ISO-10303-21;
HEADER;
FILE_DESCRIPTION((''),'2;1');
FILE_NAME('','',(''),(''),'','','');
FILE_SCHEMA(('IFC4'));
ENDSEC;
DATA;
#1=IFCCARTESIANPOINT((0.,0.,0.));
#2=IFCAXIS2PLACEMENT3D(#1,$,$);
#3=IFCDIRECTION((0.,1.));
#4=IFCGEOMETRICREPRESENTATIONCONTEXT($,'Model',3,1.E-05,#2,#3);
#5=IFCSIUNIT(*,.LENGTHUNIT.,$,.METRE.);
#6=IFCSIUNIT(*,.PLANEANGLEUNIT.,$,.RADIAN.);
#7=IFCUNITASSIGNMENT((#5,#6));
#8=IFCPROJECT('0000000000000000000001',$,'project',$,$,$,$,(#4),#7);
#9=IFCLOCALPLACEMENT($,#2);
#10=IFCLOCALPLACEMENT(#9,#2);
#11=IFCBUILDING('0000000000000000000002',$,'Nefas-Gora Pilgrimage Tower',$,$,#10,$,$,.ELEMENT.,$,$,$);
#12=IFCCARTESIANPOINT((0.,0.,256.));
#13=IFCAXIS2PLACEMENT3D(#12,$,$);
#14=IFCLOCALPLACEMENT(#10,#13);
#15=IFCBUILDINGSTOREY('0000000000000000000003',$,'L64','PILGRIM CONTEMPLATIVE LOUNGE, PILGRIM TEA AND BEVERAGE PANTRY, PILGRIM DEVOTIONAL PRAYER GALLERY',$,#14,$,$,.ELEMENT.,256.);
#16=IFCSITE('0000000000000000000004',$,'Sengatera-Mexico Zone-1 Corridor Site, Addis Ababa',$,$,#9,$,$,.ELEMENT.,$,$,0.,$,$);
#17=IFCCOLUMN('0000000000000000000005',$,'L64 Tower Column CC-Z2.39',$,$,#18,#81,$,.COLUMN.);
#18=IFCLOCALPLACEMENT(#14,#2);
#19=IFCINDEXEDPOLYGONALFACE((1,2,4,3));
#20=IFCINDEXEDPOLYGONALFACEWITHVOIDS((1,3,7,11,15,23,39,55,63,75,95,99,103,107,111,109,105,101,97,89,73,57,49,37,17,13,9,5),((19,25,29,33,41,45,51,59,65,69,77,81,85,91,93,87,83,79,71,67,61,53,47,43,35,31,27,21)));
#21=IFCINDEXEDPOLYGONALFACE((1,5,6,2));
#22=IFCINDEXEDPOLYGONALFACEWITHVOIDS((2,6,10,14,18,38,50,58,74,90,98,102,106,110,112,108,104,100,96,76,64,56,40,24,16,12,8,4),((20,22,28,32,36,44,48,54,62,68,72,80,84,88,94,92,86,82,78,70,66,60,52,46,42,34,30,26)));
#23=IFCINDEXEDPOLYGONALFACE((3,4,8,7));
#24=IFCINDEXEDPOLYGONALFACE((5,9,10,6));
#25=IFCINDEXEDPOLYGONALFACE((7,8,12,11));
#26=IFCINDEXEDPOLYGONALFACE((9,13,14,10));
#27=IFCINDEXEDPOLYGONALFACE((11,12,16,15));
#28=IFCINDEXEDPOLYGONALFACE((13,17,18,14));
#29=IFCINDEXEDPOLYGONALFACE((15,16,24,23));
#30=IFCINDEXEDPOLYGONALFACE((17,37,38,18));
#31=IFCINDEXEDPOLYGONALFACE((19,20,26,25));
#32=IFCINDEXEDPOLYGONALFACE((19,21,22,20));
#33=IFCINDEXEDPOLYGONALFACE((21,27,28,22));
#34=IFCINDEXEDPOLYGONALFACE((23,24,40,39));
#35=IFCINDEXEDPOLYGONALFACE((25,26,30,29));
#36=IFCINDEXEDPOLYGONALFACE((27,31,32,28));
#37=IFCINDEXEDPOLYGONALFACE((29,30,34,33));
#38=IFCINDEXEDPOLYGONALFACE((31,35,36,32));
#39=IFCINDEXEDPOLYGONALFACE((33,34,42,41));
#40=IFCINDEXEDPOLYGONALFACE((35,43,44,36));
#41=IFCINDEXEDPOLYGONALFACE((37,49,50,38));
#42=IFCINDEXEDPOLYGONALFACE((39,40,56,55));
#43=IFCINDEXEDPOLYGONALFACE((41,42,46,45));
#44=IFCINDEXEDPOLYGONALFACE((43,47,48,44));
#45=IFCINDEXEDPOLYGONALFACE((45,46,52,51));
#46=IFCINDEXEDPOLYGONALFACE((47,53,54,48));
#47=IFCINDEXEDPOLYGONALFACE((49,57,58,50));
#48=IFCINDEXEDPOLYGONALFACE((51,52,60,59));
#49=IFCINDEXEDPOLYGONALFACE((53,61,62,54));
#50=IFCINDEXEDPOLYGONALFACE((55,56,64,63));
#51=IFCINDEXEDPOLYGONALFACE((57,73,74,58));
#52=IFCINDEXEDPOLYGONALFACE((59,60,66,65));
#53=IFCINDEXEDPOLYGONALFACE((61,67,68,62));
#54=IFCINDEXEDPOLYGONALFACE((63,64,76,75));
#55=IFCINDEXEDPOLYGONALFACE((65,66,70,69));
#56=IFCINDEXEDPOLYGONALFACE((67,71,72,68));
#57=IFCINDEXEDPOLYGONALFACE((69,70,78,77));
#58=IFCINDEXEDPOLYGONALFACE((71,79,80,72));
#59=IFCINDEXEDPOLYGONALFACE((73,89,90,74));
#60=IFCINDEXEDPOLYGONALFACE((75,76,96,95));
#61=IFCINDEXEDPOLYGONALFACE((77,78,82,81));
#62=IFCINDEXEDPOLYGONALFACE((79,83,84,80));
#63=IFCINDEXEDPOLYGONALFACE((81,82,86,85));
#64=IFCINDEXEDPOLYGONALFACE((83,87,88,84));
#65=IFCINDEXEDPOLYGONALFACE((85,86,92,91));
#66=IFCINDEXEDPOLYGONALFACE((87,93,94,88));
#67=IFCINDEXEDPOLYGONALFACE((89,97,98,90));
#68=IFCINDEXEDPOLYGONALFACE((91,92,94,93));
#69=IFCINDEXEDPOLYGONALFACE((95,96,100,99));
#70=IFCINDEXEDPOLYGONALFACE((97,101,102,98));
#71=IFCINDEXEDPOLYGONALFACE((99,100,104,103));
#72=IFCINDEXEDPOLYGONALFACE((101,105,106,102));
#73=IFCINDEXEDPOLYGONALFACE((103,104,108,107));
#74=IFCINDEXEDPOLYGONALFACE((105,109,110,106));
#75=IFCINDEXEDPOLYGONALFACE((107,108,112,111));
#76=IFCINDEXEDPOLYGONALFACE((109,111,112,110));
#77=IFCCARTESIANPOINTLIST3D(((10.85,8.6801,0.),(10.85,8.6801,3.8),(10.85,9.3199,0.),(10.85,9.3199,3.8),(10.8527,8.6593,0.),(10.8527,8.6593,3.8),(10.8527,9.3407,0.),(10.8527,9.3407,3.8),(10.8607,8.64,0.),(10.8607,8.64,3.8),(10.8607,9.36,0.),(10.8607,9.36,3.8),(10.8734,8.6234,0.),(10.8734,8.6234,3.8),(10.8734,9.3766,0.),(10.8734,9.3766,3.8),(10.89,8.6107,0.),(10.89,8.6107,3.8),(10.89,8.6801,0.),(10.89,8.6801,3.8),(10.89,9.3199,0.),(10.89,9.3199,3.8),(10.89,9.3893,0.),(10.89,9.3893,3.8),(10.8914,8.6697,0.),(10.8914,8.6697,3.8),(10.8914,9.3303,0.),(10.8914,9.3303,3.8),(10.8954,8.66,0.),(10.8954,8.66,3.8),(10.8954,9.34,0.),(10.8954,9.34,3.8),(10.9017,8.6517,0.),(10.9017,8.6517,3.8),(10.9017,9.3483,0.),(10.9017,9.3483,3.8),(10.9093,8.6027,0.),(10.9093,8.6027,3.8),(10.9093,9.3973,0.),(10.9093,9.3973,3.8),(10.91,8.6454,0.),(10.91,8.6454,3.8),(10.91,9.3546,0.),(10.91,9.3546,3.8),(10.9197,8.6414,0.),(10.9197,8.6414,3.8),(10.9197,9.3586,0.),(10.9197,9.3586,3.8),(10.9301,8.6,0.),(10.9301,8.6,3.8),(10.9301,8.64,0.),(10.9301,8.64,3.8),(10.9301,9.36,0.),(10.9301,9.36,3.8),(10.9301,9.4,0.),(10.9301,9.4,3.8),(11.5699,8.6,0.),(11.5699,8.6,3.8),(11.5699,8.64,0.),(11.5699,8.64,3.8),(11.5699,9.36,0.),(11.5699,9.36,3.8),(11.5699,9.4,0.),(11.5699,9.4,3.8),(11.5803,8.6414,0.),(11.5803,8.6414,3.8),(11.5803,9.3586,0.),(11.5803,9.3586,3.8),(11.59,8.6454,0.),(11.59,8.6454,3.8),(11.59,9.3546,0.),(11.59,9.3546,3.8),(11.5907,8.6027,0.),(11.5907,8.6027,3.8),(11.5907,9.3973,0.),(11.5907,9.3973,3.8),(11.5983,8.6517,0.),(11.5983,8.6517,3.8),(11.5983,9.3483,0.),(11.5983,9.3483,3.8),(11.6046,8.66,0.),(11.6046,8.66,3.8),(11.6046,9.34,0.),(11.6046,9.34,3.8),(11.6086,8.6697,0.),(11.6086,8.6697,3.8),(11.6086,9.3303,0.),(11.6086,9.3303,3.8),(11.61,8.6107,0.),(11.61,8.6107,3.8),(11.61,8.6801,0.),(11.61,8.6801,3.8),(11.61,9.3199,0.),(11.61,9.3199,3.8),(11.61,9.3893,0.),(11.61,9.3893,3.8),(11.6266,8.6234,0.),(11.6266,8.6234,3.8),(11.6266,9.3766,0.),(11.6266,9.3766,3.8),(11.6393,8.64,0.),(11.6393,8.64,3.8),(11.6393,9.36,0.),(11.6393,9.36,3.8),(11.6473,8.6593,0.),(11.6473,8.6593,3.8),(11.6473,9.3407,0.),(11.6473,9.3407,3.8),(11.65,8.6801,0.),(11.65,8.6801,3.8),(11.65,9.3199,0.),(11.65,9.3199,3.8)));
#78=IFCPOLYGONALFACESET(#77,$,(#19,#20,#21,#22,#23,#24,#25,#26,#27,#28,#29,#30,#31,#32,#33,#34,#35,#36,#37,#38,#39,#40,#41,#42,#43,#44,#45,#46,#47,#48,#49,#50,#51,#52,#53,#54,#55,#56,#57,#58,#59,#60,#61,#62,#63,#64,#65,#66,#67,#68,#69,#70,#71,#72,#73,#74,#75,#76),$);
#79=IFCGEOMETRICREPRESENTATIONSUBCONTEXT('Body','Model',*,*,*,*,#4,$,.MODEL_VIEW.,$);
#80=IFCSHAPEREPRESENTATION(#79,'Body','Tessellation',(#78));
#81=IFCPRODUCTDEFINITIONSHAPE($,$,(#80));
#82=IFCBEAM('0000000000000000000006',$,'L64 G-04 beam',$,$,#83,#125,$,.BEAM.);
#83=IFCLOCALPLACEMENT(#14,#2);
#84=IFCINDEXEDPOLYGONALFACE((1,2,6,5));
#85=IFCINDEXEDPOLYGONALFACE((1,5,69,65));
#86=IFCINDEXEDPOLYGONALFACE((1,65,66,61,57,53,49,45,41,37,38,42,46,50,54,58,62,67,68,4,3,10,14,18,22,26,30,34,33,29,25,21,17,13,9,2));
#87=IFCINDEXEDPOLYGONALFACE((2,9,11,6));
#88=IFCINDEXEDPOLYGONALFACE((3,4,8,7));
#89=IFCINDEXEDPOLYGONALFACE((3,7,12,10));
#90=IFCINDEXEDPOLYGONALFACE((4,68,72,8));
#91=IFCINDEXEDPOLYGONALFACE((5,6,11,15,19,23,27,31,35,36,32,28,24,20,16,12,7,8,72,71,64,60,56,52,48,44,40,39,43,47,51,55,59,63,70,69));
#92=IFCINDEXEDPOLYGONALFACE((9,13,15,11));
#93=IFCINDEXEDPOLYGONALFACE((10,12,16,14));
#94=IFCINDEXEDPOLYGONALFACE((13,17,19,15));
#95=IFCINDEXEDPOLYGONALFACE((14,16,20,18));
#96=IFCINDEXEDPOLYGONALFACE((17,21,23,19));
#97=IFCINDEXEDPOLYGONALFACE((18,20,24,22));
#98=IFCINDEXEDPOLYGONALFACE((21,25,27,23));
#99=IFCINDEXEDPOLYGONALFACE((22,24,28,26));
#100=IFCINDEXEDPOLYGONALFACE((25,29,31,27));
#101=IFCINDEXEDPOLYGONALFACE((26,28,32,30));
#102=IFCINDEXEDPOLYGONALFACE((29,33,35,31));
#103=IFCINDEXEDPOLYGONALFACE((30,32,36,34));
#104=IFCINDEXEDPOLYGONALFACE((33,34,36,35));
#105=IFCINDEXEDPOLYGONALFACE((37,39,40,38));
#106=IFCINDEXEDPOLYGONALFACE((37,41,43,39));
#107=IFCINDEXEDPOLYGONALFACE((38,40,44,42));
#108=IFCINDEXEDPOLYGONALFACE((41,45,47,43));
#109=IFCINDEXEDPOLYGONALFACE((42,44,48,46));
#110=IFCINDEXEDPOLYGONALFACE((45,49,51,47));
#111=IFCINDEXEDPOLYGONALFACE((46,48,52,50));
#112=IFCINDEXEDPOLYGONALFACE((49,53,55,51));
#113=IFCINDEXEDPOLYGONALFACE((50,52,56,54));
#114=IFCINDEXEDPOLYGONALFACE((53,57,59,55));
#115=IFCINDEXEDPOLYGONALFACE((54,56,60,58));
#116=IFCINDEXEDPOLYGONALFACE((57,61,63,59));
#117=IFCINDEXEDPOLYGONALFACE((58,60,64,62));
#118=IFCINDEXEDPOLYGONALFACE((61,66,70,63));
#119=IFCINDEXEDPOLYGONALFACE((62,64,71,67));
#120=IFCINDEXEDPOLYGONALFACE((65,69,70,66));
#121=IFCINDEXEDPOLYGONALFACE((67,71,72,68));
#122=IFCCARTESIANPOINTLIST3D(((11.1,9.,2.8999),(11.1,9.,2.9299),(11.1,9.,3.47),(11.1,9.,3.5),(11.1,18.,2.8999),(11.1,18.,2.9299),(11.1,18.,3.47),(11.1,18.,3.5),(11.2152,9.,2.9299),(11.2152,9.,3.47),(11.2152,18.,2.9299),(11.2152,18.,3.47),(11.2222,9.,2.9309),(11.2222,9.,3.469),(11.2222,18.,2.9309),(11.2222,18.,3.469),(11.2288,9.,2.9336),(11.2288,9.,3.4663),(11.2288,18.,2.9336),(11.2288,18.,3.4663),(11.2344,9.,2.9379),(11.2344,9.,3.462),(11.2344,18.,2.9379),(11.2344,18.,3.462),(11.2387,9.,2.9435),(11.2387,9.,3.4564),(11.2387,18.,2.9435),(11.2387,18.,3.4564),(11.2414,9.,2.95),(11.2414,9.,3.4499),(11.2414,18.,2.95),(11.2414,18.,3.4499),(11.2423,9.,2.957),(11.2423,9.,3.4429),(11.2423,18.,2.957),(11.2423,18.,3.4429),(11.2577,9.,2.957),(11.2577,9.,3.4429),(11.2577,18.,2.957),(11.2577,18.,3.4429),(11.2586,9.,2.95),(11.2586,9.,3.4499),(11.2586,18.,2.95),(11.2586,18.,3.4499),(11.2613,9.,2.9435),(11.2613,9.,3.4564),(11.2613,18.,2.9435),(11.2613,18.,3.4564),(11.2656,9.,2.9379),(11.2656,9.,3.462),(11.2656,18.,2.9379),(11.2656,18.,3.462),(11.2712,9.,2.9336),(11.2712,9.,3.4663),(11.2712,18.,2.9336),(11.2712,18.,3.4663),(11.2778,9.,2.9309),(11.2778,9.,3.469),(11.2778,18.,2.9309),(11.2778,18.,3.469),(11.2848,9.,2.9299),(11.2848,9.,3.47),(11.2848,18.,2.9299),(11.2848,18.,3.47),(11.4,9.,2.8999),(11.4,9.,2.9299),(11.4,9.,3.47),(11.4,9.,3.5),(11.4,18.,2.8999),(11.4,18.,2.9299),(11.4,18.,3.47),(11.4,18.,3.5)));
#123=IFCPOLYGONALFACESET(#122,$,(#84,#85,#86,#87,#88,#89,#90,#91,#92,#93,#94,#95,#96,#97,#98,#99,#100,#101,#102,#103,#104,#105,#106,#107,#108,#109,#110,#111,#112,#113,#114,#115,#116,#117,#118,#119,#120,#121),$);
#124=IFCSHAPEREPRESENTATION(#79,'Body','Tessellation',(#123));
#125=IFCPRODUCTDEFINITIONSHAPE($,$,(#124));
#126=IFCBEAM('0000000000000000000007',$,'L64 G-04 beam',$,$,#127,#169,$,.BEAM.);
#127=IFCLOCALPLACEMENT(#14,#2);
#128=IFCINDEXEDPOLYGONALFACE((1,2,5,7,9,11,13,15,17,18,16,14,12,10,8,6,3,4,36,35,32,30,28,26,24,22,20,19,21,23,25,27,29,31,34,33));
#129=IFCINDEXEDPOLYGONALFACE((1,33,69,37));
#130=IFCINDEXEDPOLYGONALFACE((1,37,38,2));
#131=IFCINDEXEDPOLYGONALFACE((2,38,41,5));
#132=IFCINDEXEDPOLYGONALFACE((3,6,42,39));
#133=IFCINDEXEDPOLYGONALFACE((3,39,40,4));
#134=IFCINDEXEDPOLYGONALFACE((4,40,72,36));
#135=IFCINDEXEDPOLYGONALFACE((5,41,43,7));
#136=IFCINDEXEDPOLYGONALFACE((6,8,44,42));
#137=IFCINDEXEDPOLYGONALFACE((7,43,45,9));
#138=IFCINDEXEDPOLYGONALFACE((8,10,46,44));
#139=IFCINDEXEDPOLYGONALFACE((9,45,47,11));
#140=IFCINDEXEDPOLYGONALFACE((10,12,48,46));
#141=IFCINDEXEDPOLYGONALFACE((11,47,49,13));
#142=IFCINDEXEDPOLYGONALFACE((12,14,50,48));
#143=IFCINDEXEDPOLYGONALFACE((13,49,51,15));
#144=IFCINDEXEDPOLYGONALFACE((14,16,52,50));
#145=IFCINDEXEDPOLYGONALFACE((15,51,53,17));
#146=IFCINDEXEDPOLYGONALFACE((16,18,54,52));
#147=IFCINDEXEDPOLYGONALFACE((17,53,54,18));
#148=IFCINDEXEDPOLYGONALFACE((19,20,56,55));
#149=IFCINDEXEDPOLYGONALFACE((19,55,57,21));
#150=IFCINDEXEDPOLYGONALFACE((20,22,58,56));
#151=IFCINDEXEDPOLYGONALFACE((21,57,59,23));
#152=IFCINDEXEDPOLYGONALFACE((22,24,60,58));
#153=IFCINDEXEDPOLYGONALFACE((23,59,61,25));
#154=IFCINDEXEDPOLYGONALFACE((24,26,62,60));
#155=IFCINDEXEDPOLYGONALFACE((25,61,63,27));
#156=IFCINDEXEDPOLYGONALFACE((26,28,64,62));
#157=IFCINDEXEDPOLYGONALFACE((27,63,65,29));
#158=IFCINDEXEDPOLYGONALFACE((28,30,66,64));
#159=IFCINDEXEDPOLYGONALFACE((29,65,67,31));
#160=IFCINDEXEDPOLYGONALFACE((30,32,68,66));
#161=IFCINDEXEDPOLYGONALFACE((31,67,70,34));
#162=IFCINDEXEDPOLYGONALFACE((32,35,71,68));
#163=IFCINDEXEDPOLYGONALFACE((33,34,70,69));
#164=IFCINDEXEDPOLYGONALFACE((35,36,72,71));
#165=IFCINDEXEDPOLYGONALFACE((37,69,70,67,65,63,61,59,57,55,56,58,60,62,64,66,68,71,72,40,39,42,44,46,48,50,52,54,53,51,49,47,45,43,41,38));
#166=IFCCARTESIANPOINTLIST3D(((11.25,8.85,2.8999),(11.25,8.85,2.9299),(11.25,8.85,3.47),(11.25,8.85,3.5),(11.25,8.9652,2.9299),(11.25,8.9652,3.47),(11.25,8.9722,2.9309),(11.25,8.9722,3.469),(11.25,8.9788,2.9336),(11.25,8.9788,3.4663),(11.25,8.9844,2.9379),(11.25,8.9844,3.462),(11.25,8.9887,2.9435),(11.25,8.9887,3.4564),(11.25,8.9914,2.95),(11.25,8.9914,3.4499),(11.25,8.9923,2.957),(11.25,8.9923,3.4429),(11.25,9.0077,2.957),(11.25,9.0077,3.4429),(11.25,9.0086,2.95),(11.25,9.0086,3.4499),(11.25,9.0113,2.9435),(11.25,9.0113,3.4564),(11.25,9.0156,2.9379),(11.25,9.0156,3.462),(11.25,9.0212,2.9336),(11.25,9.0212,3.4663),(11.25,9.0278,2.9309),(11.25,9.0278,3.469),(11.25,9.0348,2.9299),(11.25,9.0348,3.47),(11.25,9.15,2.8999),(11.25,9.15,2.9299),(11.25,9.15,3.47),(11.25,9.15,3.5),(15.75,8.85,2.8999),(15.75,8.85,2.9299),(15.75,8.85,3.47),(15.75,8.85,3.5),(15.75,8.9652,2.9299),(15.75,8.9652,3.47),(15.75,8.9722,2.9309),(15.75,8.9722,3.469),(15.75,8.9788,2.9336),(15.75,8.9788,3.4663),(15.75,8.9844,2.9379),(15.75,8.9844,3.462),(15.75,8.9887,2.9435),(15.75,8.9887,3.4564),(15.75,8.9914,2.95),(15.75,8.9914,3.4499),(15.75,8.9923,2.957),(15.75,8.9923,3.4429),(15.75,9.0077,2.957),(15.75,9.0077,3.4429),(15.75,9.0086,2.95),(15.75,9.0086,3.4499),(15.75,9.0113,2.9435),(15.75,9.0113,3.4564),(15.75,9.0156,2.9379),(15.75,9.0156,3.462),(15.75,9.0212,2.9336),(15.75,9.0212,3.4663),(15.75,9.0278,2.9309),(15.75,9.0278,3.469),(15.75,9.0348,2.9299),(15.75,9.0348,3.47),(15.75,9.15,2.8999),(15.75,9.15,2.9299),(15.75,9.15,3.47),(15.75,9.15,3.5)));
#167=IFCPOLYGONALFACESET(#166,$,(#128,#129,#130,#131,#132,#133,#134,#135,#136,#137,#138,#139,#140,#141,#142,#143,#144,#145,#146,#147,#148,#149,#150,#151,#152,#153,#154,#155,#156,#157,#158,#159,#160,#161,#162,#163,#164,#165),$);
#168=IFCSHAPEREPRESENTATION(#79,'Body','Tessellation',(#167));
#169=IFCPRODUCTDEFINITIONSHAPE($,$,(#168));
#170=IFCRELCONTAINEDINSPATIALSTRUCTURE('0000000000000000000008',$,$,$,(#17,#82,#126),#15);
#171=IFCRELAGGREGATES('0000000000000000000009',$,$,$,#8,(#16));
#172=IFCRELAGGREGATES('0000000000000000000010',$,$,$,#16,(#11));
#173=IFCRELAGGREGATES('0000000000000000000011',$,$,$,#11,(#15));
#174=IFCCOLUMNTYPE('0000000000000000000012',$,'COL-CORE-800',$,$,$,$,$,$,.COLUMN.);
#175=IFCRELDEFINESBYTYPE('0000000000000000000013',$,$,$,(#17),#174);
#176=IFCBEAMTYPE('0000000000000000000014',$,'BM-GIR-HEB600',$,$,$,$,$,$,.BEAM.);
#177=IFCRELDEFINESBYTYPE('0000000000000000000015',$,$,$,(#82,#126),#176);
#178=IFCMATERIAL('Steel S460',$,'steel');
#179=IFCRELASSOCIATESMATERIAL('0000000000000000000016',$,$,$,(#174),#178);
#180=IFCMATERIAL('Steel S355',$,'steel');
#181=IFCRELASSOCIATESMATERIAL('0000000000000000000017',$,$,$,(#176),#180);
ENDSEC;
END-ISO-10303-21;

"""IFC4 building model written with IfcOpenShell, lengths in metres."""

from ifc_helpers import new_model, si_unit, direction, frame, origin, origin_2d, place, context, subcontext, project, spatial, hollow_rectangle, i_section, extrude, source, transform, mapped, material, material_profile, profile_set, type_object, element, save


model = new_model("IFC4")

# Units and contexts
model_context = context("Model", 3, precision=1e-05, world=origin(), true_north=direction((0.0, 1.0)))
body_context = subcontext(model_context, "Body", "Model", "MODEL_VIEW")
ifc_project = project(units=[si_unit("LENGTHUNIT", "METRE"), si_unit("PLANEANGLEUNIT", "RADIAN")], contexts=[model_context])

# Site, building, storey
site_placement = place(None, origin())
site = spatial("IfcSite", under=ifc_project, at=site_placement, Name="Sengatera-Mexico Zone-1 Corridor Site, Addis Ababa", CompositionType="ELEMENT", RefElevation=0.0)
building_placement = place(site_placement, origin())
building = spatial("IfcBuilding", under=site, at=building_placement, Name="Nefas-Gora Pilgrimage Tower", CompositionType="ELEMENT")
storey_placement = place(building_placement, frame((0.0, 0.0, 256.0)))
storey = spatial("IfcBuildingStorey", under=building, at=storey_placement, Name="L64", Description="PILGRIM CONTEMPLATIVE LOUNGE, PILGRIM TEA AND BEVERAGE PANTRY, PILGRIM DEVOTIONAL PRAYER GALLERY", CompositionType="ELEMENT", Elevation=256.0)

# Column
ifc_material_1 = material(Name="Steel S460", Category="steel")
ifc_material_profile_1 = material_profile(ifc_material_1, hollow_rectangle(XDim=0.8, YDim=0.8, WallThickness=0.04, InnerFilletRadius=0.04, OuterFilletRadius=0.0801, at=origin_2d()), Name="BOX 800x800x40")
ifc_profile_set_1 = profile_set([ifc_material_profile_1], Name="Steel S460")
column_type = type_object("IfcColumnType", Name="COL-CORE-800", PredefinedType="COLUMN", material=ifc_profile_set_1)
shared_shape_1 = source(origin(), body_context, "Body", "SweptSolid", [
    extrude(hollow_rectangle(XDim=0.8, YDim=0.8, WallThickness=0.04, InnerFilletRadius=0.04, OuterFilletRadius=0.0801, at=origin_2d()), origin(), (0.0, 0.0, 1.0), 3.8),
])
column_placement = place(storey_placement, frame((11.25, 9.0, 0.0), z_axis=(0.0, 0.0, 1.0), x_axis=(1.0, 0.0, 0.0)))
element("IfcColumn", 1, at=column_placement, inside=storey, type_object=column_type, Name="L64 Tower Column CC-Z2.39", PredefinedType="COLUMN", context=body_context, shape_type="MappedRepresentation", body=[
    mapped(shared_shape_1, transform((0.0, 0.0, 0.0), x_axis=(1.0, 0.0, 0.0), y_axis=(0.0, 1.0, 0.0), z_axis=(0.0, 0.0, 1.0), scale=1.0)),
])

# Beams
ifc_material_2 = material(Name="Steel S355", Category="steel")
ifc_material_profile_2 = material_profile(ifc_material_2, i_section(OverallWidth=0.3, OverallDepth=0.6001, WebThickness=0.0154, FlangeThickness=0.03, FilletRadius=0.0271, at=origin_2d()), Name="HEB 600")
ifc_profile_set_2 = profile_set([ifc_material_profile_2], Name="Steel S355")
beam_type = type_object("IfcBeamType", Name="BM-GIR-HEB600", PredefinedType="BEAM", material=ifc_profile_set_2)
shared_shape_2 = source(origin(), body_context, "Body", "SweptSolid", [
    extrude(i_section(OverallWidth=0.3, OverallDepth=0.6001, WebThickness=0.0154, FlangeThickness=0.03, FilletRadius=0.0271, at=origin_2d()), origin(), (0.0, 0.0, 1.0), 9.0),
])
beam_1_placement = place(storey_placement, frame((11.25, 9.0, 3.2), z_axis=(0.0, 1.0, 0.0), x_axis=(-1.0, 0.0, 0.0)))
element("IfcBeam", 2, at=beam_1_placement, inside=storey, type_object=beam_type, Name="L64 G-04 beam", PredefinedType="BEAM", context=body_context, shape_type="MappedRepresentation", body=[
    mapped(shared_shape_2, transform((0.0, 0.0, 0.0), x_axis=(1.0, 0.0, 0.0), y_axis=(0.0, 1.0, 0.0), z_axis=(0.0, 0.0, 1.0), scale=1.0)),
])
shared_shape_3 = source(origin(), body_context, "Body", "SweptSolid", [
    extrude(i_section(OverallWidth=0.3, OverallDepth=0.6001, WebThickness=0.0154, FlangeThickness=0.03, FilletRadius=0.0271, at=origin_2d()), origin(), (0.0, 0.0, 1.0), 4.5),
])
beam_2_placement = place(storey_placement, frame((11.25, 9.0, 3.2), z_axis=(1.0, 0.0, 0.0), x_axis=(0.0, 1.0, 0.0)))
element("IfcBeam", 3, at=beam_2_placement, inside=storey, type_object=beam_type, Name="L64 G-04 beam", PredefinedType="BEAM", context=body_context, shape_type="MappedRepresentation", body=[
    mapped(shared_shape_3, transform((0.0, 0.0, 0.0), x_axis=(1.0, 0.0, 0.0), y_axis=(0.0, 1.0, 0.0), z_axis=(0.0, 0.0, 1.0), scale=1.0)),
])

save(model, "model.ifc")
